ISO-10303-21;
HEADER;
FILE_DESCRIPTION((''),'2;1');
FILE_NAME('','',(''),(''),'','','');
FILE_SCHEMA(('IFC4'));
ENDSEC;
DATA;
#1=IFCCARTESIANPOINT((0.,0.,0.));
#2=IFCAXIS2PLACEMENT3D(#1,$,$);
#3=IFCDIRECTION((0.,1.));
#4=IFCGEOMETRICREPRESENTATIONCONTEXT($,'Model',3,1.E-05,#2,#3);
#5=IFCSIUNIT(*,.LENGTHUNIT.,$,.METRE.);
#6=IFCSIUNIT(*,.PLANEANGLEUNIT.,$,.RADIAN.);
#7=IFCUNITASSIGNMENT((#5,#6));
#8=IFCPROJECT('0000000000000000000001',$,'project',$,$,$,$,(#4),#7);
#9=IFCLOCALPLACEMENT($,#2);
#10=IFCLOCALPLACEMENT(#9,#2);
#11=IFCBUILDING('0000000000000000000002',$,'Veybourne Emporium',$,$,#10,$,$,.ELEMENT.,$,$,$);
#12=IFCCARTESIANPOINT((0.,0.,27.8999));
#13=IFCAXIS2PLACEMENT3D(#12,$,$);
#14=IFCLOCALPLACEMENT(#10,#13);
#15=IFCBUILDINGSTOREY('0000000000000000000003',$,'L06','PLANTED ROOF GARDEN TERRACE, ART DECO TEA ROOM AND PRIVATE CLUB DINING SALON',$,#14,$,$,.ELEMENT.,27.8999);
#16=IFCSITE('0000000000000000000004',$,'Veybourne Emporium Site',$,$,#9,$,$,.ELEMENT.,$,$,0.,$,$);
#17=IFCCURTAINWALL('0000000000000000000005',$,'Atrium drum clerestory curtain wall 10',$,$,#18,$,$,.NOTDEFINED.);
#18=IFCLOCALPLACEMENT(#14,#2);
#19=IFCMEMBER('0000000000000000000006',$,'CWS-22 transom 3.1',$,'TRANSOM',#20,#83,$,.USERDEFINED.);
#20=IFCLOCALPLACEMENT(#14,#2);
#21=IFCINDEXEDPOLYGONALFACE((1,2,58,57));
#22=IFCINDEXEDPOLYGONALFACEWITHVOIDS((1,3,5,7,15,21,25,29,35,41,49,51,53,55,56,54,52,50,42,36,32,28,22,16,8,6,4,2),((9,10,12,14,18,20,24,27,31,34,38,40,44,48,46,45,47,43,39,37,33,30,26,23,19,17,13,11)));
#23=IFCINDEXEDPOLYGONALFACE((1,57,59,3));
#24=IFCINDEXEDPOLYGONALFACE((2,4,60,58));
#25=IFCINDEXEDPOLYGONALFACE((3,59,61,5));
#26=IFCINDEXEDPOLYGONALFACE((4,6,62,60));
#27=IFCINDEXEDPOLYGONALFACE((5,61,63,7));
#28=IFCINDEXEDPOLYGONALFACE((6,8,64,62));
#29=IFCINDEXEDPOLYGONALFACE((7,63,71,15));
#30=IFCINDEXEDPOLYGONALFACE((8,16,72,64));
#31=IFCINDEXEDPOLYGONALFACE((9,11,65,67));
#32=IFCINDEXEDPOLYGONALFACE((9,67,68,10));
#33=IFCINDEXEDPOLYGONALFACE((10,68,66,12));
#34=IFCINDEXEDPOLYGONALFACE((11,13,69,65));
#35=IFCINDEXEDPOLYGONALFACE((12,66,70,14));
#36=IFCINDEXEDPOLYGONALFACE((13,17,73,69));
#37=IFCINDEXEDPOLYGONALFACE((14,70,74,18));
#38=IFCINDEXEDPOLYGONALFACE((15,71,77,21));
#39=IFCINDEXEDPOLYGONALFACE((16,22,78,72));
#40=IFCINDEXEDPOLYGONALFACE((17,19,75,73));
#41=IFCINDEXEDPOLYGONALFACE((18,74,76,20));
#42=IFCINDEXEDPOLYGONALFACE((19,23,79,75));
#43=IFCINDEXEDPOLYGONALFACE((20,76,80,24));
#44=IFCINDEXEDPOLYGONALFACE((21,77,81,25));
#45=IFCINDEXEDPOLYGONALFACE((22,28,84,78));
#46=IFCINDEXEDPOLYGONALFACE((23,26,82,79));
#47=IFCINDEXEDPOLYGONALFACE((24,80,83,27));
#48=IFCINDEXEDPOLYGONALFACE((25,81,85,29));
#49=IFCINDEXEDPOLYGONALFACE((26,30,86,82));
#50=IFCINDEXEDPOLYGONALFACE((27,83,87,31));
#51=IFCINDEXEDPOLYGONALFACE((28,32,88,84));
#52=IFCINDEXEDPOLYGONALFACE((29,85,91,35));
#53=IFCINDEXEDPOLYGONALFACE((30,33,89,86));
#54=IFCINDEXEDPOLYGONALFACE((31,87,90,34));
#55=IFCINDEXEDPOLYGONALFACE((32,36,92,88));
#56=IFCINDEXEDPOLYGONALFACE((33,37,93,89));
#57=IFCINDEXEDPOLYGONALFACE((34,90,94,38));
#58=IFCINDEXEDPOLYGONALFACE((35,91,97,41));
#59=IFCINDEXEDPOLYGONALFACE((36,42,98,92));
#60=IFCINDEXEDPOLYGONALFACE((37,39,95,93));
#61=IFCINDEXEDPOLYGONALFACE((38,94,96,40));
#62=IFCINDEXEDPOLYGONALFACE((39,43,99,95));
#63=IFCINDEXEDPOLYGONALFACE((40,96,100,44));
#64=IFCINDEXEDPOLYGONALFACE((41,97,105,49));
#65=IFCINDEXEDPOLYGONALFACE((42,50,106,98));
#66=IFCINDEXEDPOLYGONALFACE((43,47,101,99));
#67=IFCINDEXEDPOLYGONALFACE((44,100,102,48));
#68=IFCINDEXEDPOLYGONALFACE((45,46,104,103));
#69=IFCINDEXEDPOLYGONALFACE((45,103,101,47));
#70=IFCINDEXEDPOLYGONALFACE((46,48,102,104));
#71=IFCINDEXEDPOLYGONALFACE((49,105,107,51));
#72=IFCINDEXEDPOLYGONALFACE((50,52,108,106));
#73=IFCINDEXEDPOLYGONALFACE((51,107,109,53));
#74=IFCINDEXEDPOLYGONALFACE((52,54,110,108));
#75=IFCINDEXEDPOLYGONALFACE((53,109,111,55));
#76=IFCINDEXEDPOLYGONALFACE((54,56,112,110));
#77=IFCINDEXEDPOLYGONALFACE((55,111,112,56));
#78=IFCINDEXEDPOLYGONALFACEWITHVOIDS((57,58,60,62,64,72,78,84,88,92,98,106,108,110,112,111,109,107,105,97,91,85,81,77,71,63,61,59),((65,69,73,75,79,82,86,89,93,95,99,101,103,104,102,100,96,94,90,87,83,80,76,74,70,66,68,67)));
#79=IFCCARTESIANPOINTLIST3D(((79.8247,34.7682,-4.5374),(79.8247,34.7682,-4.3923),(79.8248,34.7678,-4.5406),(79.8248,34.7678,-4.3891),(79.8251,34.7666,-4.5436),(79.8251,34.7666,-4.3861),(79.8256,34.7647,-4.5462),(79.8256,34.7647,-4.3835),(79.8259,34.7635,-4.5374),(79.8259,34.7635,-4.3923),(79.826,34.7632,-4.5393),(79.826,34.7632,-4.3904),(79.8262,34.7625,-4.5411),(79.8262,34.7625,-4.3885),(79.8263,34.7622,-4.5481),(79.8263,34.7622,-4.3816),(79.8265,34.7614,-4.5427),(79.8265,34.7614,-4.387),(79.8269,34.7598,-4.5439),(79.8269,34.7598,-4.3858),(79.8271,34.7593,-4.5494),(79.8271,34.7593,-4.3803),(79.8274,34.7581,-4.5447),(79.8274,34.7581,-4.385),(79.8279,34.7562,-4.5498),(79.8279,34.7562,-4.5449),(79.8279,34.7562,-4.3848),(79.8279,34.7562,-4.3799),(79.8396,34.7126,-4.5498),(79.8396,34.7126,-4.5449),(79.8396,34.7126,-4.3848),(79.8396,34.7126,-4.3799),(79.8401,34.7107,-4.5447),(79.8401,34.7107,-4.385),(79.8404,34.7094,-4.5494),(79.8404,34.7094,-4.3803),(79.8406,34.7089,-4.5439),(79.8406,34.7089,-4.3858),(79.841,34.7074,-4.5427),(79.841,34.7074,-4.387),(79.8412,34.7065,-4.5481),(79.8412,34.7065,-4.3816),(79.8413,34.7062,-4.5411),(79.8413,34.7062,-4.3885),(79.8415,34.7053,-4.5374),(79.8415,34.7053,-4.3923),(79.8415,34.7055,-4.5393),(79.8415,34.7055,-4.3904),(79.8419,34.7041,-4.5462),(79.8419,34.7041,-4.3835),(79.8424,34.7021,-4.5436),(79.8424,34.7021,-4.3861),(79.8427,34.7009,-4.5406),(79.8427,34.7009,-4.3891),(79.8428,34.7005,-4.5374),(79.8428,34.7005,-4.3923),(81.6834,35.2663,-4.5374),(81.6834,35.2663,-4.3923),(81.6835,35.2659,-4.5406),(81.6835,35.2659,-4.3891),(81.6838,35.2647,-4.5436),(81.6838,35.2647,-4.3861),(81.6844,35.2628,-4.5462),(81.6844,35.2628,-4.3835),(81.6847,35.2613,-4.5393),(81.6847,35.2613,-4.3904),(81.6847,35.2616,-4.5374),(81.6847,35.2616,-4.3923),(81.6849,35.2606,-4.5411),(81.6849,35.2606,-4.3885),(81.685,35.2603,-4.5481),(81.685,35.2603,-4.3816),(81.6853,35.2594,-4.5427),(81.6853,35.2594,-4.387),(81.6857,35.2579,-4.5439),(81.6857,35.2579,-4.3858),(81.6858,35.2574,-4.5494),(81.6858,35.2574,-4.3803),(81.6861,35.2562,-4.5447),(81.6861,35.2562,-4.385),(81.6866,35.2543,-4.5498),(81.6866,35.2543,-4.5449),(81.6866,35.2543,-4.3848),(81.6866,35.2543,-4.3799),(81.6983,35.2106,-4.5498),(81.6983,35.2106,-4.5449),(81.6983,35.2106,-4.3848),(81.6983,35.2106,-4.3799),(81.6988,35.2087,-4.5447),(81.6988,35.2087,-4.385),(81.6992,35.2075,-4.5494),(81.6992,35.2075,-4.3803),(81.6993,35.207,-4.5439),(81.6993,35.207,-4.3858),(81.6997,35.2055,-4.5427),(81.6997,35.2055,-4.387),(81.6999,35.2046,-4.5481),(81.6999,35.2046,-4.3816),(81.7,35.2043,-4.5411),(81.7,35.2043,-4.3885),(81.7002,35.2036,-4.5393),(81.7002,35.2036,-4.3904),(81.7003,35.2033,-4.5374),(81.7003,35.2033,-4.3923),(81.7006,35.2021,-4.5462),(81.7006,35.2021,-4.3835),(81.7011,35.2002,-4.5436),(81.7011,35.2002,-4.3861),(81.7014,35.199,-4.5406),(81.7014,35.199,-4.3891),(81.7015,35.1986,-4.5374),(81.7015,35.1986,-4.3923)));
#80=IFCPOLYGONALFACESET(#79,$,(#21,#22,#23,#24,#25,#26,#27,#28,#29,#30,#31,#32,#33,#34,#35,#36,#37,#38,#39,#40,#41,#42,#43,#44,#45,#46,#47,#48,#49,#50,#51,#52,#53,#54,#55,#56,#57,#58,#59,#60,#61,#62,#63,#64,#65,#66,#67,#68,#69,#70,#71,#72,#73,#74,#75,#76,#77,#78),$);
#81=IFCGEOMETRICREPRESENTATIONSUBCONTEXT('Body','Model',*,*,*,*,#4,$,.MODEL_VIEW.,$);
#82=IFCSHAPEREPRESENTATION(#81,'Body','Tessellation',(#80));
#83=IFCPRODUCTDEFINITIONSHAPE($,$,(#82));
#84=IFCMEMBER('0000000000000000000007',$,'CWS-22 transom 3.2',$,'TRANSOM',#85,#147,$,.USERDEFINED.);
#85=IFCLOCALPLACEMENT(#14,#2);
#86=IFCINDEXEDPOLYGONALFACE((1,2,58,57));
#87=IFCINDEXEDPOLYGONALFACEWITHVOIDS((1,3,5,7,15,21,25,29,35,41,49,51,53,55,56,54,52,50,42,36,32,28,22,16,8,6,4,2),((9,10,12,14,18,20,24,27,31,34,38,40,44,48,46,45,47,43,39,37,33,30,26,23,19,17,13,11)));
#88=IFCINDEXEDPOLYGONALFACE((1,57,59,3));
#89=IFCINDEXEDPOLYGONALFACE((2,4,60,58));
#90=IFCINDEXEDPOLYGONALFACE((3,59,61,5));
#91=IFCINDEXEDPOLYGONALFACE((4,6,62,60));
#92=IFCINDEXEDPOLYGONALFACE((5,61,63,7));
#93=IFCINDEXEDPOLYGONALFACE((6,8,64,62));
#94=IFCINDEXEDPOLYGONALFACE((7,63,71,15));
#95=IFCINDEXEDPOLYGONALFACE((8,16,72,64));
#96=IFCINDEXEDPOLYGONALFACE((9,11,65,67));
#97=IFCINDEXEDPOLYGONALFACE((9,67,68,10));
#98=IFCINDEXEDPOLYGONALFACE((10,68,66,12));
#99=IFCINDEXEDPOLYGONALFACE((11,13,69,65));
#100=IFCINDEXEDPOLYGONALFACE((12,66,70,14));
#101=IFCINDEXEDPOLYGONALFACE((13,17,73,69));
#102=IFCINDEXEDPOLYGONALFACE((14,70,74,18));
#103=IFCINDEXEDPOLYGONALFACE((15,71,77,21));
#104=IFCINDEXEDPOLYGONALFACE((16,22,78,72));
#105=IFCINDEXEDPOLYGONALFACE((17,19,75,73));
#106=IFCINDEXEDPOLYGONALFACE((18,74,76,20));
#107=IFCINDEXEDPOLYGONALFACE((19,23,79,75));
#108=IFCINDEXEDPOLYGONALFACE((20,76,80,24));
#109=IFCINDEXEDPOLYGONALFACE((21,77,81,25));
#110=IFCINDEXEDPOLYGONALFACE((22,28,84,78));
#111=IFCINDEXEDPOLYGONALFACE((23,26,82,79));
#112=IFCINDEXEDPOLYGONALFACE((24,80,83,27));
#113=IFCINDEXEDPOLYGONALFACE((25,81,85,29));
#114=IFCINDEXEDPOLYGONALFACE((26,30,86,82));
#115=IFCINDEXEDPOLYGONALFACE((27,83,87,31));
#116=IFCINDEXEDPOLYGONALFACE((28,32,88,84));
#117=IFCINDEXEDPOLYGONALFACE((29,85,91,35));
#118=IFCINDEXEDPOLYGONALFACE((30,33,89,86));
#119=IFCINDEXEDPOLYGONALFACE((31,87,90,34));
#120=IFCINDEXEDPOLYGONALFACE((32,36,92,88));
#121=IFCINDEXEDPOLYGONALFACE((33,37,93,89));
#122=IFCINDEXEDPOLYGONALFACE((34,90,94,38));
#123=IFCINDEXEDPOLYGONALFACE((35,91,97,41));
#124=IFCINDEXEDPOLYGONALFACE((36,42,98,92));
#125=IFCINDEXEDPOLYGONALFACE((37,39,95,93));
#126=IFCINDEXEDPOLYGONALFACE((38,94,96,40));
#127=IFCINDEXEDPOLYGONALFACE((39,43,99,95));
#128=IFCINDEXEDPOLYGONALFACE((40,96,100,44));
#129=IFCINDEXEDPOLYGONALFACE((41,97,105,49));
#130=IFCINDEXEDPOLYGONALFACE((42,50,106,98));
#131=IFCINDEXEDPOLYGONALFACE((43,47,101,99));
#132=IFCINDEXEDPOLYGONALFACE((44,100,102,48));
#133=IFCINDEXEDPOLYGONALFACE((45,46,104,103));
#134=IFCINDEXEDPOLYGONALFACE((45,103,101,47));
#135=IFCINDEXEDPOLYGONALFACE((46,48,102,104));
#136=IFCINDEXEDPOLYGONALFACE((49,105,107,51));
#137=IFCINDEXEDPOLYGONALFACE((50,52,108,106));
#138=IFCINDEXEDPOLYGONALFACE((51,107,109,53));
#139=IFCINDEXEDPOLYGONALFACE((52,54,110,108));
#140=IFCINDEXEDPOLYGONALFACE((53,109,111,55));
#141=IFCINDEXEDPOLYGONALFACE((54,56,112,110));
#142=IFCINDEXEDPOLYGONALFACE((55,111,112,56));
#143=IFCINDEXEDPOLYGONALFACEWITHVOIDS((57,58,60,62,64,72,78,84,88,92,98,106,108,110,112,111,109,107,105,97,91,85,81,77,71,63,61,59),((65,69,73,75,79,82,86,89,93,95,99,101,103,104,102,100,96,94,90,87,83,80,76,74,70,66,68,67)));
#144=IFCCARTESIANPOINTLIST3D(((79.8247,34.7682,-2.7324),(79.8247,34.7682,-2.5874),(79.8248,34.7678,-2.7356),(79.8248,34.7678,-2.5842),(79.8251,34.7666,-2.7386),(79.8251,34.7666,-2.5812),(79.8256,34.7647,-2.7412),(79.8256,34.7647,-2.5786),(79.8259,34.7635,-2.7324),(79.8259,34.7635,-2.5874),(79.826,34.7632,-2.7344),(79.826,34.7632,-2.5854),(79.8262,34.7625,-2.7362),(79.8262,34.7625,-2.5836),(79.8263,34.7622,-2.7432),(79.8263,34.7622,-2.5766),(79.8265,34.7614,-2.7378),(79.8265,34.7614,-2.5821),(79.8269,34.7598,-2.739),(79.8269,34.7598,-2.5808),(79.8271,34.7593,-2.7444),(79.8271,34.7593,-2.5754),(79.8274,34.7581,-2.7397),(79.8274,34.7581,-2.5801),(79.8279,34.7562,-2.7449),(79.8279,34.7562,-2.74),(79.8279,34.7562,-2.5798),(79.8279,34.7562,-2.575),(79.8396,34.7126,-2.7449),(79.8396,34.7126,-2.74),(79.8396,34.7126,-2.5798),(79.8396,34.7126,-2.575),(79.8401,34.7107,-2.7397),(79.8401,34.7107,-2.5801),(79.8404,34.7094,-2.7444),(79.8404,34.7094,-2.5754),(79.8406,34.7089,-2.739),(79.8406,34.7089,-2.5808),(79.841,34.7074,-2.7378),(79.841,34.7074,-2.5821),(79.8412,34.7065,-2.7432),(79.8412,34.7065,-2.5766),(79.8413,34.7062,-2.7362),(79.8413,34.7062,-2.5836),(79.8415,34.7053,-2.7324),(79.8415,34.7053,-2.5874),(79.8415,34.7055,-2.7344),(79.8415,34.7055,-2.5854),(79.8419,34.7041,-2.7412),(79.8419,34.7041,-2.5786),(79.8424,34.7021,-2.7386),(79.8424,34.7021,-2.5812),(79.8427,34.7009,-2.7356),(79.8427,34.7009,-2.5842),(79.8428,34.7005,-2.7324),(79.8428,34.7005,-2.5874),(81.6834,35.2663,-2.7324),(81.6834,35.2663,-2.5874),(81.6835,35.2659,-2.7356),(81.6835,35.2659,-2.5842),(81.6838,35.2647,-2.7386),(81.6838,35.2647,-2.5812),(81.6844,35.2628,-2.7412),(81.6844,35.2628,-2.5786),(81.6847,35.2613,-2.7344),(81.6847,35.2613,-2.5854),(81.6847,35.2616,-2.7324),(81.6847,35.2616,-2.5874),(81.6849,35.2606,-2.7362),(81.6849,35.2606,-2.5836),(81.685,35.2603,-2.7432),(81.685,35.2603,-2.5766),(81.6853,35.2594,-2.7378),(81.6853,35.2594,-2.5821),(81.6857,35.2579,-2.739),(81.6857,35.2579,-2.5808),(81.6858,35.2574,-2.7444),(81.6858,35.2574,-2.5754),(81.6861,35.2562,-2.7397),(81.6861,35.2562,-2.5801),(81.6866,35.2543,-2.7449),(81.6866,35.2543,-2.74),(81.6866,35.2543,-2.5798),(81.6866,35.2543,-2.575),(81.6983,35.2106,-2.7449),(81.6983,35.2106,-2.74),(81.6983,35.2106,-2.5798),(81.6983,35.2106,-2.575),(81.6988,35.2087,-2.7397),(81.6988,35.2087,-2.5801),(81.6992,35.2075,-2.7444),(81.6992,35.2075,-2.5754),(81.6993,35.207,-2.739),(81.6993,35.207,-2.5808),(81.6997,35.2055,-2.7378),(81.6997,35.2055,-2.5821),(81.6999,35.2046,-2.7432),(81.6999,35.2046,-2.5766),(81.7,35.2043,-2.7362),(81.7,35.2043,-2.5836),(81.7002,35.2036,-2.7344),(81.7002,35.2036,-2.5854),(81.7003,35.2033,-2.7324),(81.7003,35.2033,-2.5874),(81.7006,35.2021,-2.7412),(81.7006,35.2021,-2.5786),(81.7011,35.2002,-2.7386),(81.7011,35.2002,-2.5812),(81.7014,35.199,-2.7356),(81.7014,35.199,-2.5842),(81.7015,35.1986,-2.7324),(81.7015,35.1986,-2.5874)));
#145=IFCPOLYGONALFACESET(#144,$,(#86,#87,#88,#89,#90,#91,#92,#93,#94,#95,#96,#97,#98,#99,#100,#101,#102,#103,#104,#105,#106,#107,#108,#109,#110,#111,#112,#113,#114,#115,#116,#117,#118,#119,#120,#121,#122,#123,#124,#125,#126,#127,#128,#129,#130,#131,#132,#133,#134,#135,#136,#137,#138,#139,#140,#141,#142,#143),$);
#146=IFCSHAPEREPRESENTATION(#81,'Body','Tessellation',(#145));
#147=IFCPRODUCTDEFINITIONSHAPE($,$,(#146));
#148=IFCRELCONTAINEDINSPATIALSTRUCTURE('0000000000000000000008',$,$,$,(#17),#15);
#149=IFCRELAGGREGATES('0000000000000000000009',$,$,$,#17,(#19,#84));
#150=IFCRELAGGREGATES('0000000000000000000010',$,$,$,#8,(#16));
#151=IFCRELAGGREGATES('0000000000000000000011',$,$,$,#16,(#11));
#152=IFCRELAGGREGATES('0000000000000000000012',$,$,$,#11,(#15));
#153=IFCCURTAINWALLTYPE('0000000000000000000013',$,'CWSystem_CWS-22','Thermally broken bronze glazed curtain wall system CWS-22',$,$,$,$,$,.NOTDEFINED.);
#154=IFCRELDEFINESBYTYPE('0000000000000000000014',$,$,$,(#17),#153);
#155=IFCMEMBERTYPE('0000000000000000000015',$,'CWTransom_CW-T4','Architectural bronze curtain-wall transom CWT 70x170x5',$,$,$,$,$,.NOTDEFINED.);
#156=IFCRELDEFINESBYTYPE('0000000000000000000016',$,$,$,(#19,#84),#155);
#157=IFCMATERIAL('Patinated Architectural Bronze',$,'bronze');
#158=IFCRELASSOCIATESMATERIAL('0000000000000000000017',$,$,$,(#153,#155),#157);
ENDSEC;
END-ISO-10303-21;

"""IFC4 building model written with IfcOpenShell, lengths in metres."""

from ifc_helpers import new_model, si_unit, direction, frame, origin, origin_2d, place, context, subcontext, project, spatial, hollow_rectangle, extrude, material, material_profile, profile_set, type_object, element, aggregate, save


model = new_model("IFC4")

# Units and contexts
model_context = context("Model", 3, precision=1e-05, world=origin(), true_north=direction((0.0, 1.0)))
body_context = subcontext(model_context, "Body", "Model", "MODEL_VIEW")
ifc_project = project(units=[si_unit("LENGTHUNIT", "METRE"), si_unit("PLANEANGLEUNIT", "RADIAN")], contexts=[model_context])

# Site, building, storey
site_placement = place(None, origin())
site = spatial("IfcSite", under=ifc_project, at=site_placement, Name="Veybourne Emporium Site", CompositionType="ELEMENT", RefElevation=0.0)
building_placement = place(site_placement, origin())
building = spatial("IfcBuilding", under=site, at=building_placement, Name="Veybourne Emporium", CompositionType="ELEMENT")
storey_placement = place(building_placement, frame((0.0, 0.0, 27.8999)))
storey = spatial("IfcBuildingStorey", under=building, at=storey_placement, Name="L06", Description="PLANTED ROOF GARDEN TERRACE, ART DECO TEA ROOM AND PRIVATE CLUB DINING SALON", CompositionType="ELEMENT", Elevation=27.8999)

# Shared definitions
ifc_material_1 = material(Name="Patinated Architectural Bronze", Category="bronze")

# Curtain wall
curtain_wall_type_1 = type_object("IfcCurtainWallType", Name="CWSystem_CWS-22", Description="Thermally broken bronze glazed curtain wall system CWS-22", PredefinedType="NOTDEFINED", material=ifc_material_1)
curtain_wall_1_placement = place(storey_placement, origin())
curtain_wall_1 = element("IfcCurtainWall", 1, at=curtain_wall_1_placement, inside=storey, type_object=curtain_wall_type_1, Name="Atrium drum clerestory curtain wall 10", PredefinedType="NOTDEFINED")

# Members
ifc_material_profile_1 = material_profile(ifc_material_1, hollow_rectangle(XDim=0.0701, YDim=0.1699, WallThickness=0.0049, InnerFilletRadius=0.0076, OuterFilletRadius=0.0125, at=origin_2d()), Name="CWT 70x170x5")
ifc_profile_set_1 = profile_set([ifc_material_profile_1], Name="Patinated Architectural Bronze")
member_type_1 = type_object("IfcMemberType", Name="CWTransom_CW-T4", Description="Architectural bronze curtain-wall transom CWT 70x170x5", PredefinedType="NOTDEFINED", material=ifc_profile_set_1)
member_1_placement = place(storey_placement, frame((79.8337, 34.7344, -4.4648), z_axis=(0.965923, 0.258831, 0.0), x_axis=(-0.258831, 0.965923, 0.0)))
member_1 = element("IfcMember", 2, at=member_1_placement, type_object=member_type_1, Name="CWS-22 transom 3.1", ObjectType="TRANSOM", PredefinedType="USERDEFINED", context=body_context, shape_type="SweptSolid", body=[
    extrude(hollow_rectangle(XDim=0.0701, YDim=0.1699, WallThickness=0.0049, InnerFilletRadius=0.0076, OuterFilletRadius=0.0125, at=origin_2d()), origin(), (0.0, 0.0, 1.0), 1.9243),
])
member_2_placement = place(storey_placement, frame((79.8337, 34.7344, -2.6599), z_axis=(0.965923, 0.258831, 0.0), x_axis=(-0.258831, 0.965923, 0.0)))
member_2 = element("IfcMember", 3, at=member_2_placement, type_object=member_type_1, Name="CWS-22 transom 3.2", ObjectType="TRANSOM", PredefinedType="USERDEFINED", context=body_context, shape_type="SweptSolid", body=[
    extrude(hollow_rectangle(XDim=0.0701, YDim=0.1699, WallThickness=0.0049, InnerFilletRadius=0.0076, OuterFilletRadius=0.0125, at=origin_2d()), origin(), (0.0, 0.0, 1.0), 1.9243),
])

aggregate(curtain_wall_1, [member_1, member_2])

save(model, "model.ifc")
